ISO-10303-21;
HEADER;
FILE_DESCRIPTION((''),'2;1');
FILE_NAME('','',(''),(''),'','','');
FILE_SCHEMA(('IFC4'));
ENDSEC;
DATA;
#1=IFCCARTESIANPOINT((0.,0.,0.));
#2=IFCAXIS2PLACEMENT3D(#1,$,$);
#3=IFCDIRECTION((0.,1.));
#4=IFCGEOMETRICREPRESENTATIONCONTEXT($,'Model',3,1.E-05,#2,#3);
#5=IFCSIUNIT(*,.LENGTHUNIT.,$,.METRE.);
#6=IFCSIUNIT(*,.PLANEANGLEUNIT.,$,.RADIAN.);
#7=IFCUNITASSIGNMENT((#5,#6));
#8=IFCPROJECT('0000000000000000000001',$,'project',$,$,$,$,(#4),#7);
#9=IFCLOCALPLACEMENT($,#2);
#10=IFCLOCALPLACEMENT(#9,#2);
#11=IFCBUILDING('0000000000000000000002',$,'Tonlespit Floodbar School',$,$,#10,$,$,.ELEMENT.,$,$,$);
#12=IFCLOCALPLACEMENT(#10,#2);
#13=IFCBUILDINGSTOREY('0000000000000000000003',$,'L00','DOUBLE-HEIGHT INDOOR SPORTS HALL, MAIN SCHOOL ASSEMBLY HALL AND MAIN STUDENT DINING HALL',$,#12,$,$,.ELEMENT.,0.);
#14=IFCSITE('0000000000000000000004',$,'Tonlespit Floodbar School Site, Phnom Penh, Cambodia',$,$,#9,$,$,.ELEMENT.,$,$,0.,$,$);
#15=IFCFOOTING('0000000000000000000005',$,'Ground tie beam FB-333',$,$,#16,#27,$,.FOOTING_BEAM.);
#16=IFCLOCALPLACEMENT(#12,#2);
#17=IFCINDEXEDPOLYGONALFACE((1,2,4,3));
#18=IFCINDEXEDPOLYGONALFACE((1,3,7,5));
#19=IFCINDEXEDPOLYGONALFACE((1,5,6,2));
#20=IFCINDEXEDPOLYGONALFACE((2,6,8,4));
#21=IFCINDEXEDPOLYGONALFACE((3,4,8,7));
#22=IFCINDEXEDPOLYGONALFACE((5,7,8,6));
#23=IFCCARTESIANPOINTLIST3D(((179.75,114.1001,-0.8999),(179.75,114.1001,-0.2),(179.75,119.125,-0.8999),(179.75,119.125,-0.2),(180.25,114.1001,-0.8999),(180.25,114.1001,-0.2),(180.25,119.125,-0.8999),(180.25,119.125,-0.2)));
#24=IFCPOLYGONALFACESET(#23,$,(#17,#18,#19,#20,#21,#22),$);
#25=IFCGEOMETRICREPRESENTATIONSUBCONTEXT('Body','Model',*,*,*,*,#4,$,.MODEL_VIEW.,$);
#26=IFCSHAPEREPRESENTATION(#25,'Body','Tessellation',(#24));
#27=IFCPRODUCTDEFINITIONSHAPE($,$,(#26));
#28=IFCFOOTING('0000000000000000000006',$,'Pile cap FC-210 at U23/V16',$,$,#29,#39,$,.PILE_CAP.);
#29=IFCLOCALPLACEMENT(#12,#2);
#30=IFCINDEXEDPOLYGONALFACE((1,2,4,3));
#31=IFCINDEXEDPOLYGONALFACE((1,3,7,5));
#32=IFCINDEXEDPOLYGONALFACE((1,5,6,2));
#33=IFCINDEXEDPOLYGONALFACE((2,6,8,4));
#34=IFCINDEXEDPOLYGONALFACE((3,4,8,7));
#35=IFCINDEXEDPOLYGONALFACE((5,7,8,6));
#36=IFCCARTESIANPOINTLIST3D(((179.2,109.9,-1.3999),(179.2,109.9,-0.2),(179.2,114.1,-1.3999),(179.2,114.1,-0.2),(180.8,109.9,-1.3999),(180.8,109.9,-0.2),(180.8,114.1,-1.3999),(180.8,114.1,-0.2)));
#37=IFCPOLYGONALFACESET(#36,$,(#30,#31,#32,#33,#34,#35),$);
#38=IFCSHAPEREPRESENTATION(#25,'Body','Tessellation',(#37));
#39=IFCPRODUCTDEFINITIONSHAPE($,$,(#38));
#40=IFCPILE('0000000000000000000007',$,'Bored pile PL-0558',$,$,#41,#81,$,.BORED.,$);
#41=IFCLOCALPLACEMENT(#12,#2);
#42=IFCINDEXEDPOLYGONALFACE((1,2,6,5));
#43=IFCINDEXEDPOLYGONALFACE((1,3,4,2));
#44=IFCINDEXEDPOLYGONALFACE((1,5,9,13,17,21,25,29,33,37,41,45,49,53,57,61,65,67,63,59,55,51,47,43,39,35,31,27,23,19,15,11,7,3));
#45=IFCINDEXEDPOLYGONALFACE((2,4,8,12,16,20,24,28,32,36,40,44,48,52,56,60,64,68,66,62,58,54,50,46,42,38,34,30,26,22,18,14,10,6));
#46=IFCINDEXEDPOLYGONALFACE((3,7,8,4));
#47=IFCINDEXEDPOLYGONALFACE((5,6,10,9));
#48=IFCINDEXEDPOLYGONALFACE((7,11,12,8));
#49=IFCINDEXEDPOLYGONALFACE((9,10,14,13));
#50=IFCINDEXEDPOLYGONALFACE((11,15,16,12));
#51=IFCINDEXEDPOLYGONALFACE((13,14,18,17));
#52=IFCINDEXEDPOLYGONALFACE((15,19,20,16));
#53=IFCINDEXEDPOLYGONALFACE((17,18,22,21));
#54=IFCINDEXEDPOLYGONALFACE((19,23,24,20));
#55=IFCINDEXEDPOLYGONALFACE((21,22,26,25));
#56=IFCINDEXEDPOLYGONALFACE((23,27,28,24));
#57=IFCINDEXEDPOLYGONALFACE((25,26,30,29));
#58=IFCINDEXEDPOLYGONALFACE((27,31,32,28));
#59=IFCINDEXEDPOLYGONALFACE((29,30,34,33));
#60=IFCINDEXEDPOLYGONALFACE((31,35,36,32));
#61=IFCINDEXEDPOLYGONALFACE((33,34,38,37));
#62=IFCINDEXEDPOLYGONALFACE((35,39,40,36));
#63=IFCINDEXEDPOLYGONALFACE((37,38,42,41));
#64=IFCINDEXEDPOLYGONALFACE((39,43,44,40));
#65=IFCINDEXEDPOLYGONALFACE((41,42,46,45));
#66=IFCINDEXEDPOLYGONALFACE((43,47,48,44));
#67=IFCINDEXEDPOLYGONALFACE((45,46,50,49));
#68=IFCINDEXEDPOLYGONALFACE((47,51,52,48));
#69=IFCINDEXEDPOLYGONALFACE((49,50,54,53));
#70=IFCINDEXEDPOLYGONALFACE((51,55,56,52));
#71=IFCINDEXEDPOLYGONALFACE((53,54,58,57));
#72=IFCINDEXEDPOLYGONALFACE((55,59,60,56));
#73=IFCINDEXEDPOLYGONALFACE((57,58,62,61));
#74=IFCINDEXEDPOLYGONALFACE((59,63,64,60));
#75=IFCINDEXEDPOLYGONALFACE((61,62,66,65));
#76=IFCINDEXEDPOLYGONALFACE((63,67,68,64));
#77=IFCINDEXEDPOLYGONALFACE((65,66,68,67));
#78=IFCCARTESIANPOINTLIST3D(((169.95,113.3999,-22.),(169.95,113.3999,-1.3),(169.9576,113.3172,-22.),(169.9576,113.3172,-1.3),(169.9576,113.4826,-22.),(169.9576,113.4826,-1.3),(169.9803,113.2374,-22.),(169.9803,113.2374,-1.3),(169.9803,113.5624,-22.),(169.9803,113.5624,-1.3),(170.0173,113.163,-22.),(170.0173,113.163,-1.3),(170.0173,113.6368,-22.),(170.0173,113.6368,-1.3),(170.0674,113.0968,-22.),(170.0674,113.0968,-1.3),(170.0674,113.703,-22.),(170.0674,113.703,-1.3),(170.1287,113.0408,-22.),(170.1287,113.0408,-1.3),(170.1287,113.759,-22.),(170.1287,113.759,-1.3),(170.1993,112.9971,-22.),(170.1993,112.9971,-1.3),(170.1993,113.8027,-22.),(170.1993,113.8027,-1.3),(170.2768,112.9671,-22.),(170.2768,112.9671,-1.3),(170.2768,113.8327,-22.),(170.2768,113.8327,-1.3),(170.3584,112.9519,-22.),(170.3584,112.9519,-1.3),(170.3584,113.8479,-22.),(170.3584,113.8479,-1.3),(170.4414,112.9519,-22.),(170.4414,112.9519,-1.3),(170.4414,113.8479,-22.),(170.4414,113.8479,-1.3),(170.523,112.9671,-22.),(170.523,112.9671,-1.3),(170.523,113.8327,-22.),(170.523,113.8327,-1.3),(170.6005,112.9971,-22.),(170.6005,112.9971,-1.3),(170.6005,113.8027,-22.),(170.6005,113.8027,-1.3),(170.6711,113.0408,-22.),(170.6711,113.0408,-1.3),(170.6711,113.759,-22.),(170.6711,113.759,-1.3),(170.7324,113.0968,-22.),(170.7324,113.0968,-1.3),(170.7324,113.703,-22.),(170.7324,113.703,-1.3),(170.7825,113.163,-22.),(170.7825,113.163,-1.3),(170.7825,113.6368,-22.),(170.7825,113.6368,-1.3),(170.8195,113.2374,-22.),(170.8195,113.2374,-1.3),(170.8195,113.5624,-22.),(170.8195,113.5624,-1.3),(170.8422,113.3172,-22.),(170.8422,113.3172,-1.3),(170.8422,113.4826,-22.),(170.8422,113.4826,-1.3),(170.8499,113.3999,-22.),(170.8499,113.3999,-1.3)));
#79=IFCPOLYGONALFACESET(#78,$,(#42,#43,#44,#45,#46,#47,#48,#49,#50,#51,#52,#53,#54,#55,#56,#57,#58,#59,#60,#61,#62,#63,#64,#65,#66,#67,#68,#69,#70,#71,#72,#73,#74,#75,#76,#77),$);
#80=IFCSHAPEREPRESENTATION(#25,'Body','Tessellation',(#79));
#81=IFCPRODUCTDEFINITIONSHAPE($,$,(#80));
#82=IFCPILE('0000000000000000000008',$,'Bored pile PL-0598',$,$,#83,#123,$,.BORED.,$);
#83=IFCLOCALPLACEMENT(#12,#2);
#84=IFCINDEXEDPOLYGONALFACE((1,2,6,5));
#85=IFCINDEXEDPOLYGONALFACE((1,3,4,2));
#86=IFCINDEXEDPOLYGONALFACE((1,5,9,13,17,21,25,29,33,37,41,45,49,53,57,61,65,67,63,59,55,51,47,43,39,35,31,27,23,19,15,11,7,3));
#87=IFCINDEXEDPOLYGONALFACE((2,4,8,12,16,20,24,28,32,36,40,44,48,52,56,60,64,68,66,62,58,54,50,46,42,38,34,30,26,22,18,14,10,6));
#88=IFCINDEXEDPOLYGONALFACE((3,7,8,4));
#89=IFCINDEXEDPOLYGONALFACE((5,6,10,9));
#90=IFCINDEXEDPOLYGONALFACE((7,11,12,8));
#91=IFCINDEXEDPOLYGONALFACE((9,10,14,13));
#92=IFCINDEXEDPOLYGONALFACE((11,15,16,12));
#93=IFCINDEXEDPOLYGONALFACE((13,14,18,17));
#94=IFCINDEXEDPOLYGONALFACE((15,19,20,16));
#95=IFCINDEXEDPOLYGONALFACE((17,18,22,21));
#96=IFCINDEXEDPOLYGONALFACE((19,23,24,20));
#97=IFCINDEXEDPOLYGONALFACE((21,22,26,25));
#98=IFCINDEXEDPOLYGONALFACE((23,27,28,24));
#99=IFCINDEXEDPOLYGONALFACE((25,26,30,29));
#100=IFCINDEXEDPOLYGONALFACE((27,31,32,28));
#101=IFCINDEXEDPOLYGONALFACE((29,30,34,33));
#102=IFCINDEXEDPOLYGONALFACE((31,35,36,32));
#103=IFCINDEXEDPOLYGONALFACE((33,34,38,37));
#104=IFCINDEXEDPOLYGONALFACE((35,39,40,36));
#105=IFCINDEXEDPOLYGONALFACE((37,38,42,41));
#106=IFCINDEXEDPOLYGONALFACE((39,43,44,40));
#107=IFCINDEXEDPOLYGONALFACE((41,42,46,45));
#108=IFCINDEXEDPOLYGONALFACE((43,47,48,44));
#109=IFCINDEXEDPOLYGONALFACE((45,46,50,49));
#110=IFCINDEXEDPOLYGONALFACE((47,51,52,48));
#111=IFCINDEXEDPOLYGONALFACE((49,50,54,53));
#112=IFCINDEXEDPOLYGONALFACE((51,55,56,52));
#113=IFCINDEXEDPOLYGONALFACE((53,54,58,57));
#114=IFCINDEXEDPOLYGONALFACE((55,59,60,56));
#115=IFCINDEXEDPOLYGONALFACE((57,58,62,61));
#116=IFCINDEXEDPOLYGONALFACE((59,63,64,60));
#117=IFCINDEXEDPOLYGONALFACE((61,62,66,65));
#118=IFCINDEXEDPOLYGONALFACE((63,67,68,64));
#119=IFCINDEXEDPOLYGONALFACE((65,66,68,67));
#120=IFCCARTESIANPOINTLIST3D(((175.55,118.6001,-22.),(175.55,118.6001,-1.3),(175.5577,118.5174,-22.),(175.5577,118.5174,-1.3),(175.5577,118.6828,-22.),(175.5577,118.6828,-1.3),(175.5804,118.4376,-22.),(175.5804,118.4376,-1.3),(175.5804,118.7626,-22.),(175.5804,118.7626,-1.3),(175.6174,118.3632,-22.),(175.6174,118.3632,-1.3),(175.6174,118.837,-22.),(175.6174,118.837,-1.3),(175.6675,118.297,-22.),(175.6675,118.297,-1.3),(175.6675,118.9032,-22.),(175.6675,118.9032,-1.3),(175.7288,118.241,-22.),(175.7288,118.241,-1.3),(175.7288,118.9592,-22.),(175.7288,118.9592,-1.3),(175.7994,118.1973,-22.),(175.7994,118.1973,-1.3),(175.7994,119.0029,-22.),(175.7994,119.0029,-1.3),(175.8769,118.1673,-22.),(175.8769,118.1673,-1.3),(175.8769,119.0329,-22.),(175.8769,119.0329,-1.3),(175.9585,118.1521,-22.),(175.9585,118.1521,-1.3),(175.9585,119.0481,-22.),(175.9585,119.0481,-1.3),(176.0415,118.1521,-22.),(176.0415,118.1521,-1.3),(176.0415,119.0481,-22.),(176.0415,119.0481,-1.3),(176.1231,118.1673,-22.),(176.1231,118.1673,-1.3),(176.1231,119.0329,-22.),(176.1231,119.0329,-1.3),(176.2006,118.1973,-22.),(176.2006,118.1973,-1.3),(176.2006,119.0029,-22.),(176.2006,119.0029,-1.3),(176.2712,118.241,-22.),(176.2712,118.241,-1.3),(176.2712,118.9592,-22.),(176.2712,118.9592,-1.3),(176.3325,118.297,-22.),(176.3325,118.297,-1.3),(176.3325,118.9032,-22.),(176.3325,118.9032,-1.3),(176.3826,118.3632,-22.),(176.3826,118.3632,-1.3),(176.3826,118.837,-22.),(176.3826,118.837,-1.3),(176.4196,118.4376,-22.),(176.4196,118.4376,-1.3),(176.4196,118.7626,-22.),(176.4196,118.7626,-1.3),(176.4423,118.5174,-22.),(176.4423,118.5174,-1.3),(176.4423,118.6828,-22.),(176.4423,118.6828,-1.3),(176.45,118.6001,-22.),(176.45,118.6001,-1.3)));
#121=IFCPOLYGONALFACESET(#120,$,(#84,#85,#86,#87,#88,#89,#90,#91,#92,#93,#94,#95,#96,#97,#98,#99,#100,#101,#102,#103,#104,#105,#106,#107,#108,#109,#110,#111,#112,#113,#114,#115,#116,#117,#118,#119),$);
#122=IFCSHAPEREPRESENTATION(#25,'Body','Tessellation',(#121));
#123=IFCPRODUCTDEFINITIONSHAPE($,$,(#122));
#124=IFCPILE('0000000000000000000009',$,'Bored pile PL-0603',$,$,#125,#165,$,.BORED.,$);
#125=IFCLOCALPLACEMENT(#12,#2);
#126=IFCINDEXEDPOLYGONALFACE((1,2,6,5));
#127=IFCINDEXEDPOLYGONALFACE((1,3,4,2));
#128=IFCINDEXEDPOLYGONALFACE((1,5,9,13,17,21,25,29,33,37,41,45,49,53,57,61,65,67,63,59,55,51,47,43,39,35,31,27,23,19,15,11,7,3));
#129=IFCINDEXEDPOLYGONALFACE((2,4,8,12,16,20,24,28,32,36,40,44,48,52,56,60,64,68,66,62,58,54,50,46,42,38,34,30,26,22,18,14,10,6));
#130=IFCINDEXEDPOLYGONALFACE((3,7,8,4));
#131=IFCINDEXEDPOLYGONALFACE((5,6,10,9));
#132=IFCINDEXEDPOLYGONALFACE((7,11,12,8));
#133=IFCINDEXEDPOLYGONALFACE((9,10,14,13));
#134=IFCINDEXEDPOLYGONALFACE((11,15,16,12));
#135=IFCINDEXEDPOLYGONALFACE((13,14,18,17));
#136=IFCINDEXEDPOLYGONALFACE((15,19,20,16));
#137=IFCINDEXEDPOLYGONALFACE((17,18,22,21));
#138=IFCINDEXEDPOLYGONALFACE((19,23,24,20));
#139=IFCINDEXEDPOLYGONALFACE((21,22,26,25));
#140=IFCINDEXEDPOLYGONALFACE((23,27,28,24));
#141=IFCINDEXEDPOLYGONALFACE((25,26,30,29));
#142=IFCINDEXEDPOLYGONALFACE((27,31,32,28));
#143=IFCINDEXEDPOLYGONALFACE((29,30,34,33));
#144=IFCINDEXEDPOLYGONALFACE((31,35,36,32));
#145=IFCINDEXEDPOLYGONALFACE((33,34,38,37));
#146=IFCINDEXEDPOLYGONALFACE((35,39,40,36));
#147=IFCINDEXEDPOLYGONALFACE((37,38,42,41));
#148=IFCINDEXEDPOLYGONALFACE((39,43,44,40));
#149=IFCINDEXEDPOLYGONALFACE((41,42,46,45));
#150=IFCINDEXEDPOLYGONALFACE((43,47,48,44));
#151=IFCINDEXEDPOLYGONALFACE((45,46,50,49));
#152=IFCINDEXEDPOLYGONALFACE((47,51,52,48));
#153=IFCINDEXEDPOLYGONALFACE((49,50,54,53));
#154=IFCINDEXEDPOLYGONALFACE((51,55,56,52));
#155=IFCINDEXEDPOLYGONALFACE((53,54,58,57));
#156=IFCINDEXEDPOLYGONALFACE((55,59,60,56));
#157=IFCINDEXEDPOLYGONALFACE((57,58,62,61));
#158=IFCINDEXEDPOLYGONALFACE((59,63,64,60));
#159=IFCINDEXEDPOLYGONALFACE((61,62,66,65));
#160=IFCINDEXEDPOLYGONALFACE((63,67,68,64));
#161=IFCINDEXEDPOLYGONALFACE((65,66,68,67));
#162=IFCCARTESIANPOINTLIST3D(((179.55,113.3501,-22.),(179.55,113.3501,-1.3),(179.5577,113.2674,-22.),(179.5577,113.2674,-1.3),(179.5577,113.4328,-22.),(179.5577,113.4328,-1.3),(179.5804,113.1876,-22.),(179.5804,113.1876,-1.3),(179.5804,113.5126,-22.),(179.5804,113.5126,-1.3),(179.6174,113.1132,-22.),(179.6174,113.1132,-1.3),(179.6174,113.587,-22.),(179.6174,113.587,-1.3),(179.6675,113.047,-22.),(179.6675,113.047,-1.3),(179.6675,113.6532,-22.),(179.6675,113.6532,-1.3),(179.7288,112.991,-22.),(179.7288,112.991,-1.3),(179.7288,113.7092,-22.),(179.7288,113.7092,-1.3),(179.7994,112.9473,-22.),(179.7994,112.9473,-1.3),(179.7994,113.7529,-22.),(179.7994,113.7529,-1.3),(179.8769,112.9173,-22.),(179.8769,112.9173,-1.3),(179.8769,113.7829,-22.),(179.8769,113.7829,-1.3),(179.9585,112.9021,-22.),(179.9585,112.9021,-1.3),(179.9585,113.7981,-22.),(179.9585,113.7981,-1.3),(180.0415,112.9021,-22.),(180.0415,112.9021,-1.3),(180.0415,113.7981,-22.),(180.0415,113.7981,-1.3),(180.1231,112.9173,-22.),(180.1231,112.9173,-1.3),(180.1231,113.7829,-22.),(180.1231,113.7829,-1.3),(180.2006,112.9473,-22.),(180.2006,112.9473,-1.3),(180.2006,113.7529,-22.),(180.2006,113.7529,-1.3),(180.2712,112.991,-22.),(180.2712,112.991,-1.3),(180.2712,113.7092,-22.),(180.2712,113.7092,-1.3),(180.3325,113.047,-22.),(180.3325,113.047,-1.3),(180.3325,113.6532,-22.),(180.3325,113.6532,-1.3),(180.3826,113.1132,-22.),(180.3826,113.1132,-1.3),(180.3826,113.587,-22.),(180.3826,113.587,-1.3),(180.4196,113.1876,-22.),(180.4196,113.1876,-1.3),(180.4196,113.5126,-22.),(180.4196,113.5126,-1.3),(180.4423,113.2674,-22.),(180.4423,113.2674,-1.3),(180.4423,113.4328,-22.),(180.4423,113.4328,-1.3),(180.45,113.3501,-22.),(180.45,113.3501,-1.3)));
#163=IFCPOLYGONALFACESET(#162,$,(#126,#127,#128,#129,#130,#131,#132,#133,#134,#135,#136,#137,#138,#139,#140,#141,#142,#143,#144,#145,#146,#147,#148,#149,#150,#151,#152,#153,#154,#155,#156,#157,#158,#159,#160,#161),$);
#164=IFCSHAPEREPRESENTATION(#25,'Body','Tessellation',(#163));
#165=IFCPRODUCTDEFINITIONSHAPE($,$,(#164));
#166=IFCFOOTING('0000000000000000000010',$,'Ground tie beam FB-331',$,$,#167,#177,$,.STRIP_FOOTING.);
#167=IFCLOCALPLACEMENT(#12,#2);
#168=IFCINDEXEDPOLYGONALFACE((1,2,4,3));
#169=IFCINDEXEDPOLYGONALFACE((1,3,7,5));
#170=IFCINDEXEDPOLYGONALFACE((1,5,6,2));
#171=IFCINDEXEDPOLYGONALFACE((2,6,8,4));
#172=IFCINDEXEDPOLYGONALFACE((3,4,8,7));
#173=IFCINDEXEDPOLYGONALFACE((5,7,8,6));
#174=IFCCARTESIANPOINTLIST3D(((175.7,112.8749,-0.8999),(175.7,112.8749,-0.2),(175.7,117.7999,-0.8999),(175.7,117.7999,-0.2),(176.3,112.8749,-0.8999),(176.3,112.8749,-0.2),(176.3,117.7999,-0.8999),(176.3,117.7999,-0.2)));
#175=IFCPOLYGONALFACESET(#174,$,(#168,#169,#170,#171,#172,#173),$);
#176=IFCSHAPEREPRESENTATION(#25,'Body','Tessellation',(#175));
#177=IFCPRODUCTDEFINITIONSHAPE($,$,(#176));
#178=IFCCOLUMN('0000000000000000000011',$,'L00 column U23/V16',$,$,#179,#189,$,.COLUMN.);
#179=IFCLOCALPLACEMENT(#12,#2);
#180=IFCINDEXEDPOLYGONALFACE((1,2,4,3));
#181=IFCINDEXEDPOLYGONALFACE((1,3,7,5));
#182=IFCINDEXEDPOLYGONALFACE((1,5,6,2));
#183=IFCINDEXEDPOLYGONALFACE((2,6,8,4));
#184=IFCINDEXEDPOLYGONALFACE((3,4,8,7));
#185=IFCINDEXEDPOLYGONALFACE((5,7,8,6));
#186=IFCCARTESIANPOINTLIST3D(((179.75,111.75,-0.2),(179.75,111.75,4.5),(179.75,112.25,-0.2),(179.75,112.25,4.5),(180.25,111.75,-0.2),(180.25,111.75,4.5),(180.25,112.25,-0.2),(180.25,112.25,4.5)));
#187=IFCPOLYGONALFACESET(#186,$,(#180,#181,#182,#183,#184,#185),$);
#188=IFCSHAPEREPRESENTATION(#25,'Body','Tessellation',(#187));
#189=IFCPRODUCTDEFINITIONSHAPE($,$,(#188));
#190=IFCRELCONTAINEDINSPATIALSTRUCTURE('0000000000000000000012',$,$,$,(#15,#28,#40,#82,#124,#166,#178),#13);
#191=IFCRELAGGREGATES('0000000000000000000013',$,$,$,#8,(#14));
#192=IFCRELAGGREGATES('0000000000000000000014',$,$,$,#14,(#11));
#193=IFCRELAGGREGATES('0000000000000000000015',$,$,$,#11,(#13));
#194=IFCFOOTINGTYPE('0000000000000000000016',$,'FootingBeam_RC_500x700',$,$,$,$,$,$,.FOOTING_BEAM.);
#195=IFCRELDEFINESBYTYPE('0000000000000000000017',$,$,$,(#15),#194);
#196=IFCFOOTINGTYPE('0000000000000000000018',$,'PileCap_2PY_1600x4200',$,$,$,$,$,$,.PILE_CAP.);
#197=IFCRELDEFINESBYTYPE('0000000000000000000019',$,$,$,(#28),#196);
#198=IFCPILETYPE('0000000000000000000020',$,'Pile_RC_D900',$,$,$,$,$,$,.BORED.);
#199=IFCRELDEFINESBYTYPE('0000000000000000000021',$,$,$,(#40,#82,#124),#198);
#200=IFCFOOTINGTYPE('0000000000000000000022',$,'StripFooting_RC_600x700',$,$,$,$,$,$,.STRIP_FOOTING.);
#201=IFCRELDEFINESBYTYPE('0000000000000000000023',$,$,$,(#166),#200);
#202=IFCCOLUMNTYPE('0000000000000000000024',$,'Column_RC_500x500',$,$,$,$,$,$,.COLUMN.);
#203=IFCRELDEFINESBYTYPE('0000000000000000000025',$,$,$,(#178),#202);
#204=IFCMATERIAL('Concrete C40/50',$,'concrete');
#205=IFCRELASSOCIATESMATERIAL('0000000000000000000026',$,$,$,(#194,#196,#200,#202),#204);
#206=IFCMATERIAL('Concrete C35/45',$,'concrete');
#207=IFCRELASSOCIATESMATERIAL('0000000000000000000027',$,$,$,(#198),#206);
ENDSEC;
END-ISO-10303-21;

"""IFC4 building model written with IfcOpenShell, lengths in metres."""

from ifc_helpers import new_model, si_unit, direction, frame, origin, origin_2d, place, context, subcontext, project, spatial, rectangle, circle, extrude, material, material_profile, profile_set, type_object, element, save


model = new_model("IFC4")

# Units and contexts
model_context = context("Model", 3, precision=1e-05, world=origin(), true_north=direction((0.0, 1.0)))
body_context = subcontext(model_context, "Body", "Model", "MODEL_VIEW")
ifc_project = project(units=[si_unit("LENGTHUNIT", "METRE"), si_unit("PLANEANGLEUNIT", "RADIAN")], contexts=[model_context])

# Site, building, storey
site_placement = place(None, origin())
site = spatial("IfcSite", under=ifc_project, at=site_placement, Name="Tonlespit Floodbar School Site, Phnom Penh, Cambodia", CompositionType="ELEMENT", RefElevation=0.0)
building_placement = place(site_placement, origin())
building = spatial("IfcBuilding", under=site, at=building_placement, Name="Tonlespit Floodbar School", CompositionType="ELEMENT")
storey_placement = place(building_placement, origin())
storey = spatial("IfcBuildingStorey", under=building, at=storey_placement, Name="L00", Description="DOUBLE-HEIGHT INDOOR SPORTS HALL, MAIN SCHOOL ASSEMBLY HALL AND MAIN STUDENT DINING HALL", CompositionType="ELEMENT", Elevation=0.0)

# Footings
ifc_material_1 = material(Name="Concrete C40/50", Category="concrete")
footing_type_1 = type_object("IfcFootingType", Name="FootingBeam_RC_500x700", PredefinedType="FOOTING_BEAM", material=ifc_material_1)
footing_1_placement = place(storey_placement, frame((180.0, 116.6125, -0.8999), z_axis=(0.0, 0.0, 1.0), x_axis=(0.0, 1.0, 0.0)))
element("IfcFooting", 1, at=footing_1_placement, inside=storey, type_object=footing_type_1, Name="Ground tie beam FB-333", PredefinedType="FOOTING_BEAM", context=body_context, shape_type="SweptSolid", body=[
    extrude(rectangle(XDim=5.0249, YDim=0.5, at=origin_2d()), origin(), (0.0, 0.0, 1.0), 0.7),
])
footing_type_2 = type_object("IfcFootingType", Name="PileCap_2PY_1600x4200", PredefinedType="PILE_CAP", material=ifc_material_1)
footing_2_placement = place(storey_placement, frame((180.0, 112.0, -1.3999), z_axis=(0.0, 0.0, 1.0), x_axis=(1.0, 0.0, 0.0)))
element("IfcFooting", 2, at=footing_2_placement, inside=storey, type_object=footing_type_2, Name="Pile cap FC-210 at U23/V16", PredefinedType="PILE_CAP", context=body_context, shape_type="SweptSolid", body=[
    extrude(rectangle(XDim=1.6001, YDim=4.2, at=origin_2d()), origin(), (0.0, 0.0, 1.0), 1.2),
])

# Piles
ifc_material_2 = material(Name="Concrete C35/45", Category="concrete")
ifc_material_profile_1 = material_profile(ifc_material_2, circle(Radius=0.45, at=origin_2d()), Name="BP D900")
ifc_profile_set_1 = profile_set([ifc_material_profile_1], Name="Concrete C35/45")
pile_type = type_object("IfcPileType", Name="Pile_RC_D900", PredefinedType="BORED", material=ifc_profile_set_1)
for number, where, z_axis, x_axis, name in (
    (3, (170.3999, 113.3999, -1.3), (0.0, 0.0, -1.0), (1.0, 0.0, 0.0), "Bored pile PL-0558"),
    (4, (176.0, 118.6001, -1.3), (0.0, 0.0, -1.0), (1.0, 0.0, 0.0), "Bored pile PL-0598"),
    (5, (180.0, 113.3501, -1.3), (0.0, 0.0, -1.0), (1.0, 0.0, 0.0), "Bored pile PL-0603"),
):
    element("IfcPile", number, at=place(storey_placement, frame(where, z_axis=z_axis, x_axis=x_axis)), inside=storey, type_object=pile_type, Name=name, PredefinedType="BORED", context=body_context, shape_type="SweptSolid", body=[
        extrude(circle(Radius=0.45, at=origin_2d()), origin(), (0.0, 0.0, 1.0), 20.7),
    ])

# Footing
footing_type_3 = type_object("IfcFootingType", Name="StripFooting_RC_600x700", PredefinedType="STRIP_FOOTING", material=ifc_material_1)
footing_3_placement = place(storey_placement, frame((176.0, 115.3374, -0.8999), z_axis=(0.0, 0.0, 1.0), x_axis=(0.0, 1.0, 0.0)))
element("IfcFooting", 6, at=footing_3_placement, inside=storey, type_object=footing_type_3, Name="Ground tie beam FB-331", PredefinedType="STRIP_FOOTING", context=body_context, shape_type="SweptSolid", body=[
    extrude(rectangle(XDim=4.925, YDim=0.6001, at=origin_2d()), origin(), (0.0, 0.0, 1.0), 0.7),
])

# Column
ifc_material_profile_2 = material_profile(ifc_material_1, rectangle(XDim=0.5, YDim=0.5, at=origin_2d()), Name="RC 500x500")
ifc_profile_set_2 = profile_set([ifc_material_profile_2], Name="Concrete C40/50")
column_type = type_object("IfcColumnType", Name="Column_RC_500x500", PredefinedType="COLUMN", material=ifc_profile_set_2)
column_placement = place(storey_placement, frame((180.0, 112.0, -0.2), z_axis=(0.0, 0.0, 1.0), x_axis=(1.0, 0.0, 0.0)))
element("IfcColumn", 7, at=column_placement, inside=storey, type_object=column_type, Name="L00 column U23/V16", PredefinedType="COLUMN", context=body_context, shape_type="SweptSolid", body=[
    extrude(rectangle(XDim=0.5, YDim=0.5, at=origin_2d()), origin(), (0.0, 0.0, 1.0), 4.7),
])

save(model, "model.ifc")
